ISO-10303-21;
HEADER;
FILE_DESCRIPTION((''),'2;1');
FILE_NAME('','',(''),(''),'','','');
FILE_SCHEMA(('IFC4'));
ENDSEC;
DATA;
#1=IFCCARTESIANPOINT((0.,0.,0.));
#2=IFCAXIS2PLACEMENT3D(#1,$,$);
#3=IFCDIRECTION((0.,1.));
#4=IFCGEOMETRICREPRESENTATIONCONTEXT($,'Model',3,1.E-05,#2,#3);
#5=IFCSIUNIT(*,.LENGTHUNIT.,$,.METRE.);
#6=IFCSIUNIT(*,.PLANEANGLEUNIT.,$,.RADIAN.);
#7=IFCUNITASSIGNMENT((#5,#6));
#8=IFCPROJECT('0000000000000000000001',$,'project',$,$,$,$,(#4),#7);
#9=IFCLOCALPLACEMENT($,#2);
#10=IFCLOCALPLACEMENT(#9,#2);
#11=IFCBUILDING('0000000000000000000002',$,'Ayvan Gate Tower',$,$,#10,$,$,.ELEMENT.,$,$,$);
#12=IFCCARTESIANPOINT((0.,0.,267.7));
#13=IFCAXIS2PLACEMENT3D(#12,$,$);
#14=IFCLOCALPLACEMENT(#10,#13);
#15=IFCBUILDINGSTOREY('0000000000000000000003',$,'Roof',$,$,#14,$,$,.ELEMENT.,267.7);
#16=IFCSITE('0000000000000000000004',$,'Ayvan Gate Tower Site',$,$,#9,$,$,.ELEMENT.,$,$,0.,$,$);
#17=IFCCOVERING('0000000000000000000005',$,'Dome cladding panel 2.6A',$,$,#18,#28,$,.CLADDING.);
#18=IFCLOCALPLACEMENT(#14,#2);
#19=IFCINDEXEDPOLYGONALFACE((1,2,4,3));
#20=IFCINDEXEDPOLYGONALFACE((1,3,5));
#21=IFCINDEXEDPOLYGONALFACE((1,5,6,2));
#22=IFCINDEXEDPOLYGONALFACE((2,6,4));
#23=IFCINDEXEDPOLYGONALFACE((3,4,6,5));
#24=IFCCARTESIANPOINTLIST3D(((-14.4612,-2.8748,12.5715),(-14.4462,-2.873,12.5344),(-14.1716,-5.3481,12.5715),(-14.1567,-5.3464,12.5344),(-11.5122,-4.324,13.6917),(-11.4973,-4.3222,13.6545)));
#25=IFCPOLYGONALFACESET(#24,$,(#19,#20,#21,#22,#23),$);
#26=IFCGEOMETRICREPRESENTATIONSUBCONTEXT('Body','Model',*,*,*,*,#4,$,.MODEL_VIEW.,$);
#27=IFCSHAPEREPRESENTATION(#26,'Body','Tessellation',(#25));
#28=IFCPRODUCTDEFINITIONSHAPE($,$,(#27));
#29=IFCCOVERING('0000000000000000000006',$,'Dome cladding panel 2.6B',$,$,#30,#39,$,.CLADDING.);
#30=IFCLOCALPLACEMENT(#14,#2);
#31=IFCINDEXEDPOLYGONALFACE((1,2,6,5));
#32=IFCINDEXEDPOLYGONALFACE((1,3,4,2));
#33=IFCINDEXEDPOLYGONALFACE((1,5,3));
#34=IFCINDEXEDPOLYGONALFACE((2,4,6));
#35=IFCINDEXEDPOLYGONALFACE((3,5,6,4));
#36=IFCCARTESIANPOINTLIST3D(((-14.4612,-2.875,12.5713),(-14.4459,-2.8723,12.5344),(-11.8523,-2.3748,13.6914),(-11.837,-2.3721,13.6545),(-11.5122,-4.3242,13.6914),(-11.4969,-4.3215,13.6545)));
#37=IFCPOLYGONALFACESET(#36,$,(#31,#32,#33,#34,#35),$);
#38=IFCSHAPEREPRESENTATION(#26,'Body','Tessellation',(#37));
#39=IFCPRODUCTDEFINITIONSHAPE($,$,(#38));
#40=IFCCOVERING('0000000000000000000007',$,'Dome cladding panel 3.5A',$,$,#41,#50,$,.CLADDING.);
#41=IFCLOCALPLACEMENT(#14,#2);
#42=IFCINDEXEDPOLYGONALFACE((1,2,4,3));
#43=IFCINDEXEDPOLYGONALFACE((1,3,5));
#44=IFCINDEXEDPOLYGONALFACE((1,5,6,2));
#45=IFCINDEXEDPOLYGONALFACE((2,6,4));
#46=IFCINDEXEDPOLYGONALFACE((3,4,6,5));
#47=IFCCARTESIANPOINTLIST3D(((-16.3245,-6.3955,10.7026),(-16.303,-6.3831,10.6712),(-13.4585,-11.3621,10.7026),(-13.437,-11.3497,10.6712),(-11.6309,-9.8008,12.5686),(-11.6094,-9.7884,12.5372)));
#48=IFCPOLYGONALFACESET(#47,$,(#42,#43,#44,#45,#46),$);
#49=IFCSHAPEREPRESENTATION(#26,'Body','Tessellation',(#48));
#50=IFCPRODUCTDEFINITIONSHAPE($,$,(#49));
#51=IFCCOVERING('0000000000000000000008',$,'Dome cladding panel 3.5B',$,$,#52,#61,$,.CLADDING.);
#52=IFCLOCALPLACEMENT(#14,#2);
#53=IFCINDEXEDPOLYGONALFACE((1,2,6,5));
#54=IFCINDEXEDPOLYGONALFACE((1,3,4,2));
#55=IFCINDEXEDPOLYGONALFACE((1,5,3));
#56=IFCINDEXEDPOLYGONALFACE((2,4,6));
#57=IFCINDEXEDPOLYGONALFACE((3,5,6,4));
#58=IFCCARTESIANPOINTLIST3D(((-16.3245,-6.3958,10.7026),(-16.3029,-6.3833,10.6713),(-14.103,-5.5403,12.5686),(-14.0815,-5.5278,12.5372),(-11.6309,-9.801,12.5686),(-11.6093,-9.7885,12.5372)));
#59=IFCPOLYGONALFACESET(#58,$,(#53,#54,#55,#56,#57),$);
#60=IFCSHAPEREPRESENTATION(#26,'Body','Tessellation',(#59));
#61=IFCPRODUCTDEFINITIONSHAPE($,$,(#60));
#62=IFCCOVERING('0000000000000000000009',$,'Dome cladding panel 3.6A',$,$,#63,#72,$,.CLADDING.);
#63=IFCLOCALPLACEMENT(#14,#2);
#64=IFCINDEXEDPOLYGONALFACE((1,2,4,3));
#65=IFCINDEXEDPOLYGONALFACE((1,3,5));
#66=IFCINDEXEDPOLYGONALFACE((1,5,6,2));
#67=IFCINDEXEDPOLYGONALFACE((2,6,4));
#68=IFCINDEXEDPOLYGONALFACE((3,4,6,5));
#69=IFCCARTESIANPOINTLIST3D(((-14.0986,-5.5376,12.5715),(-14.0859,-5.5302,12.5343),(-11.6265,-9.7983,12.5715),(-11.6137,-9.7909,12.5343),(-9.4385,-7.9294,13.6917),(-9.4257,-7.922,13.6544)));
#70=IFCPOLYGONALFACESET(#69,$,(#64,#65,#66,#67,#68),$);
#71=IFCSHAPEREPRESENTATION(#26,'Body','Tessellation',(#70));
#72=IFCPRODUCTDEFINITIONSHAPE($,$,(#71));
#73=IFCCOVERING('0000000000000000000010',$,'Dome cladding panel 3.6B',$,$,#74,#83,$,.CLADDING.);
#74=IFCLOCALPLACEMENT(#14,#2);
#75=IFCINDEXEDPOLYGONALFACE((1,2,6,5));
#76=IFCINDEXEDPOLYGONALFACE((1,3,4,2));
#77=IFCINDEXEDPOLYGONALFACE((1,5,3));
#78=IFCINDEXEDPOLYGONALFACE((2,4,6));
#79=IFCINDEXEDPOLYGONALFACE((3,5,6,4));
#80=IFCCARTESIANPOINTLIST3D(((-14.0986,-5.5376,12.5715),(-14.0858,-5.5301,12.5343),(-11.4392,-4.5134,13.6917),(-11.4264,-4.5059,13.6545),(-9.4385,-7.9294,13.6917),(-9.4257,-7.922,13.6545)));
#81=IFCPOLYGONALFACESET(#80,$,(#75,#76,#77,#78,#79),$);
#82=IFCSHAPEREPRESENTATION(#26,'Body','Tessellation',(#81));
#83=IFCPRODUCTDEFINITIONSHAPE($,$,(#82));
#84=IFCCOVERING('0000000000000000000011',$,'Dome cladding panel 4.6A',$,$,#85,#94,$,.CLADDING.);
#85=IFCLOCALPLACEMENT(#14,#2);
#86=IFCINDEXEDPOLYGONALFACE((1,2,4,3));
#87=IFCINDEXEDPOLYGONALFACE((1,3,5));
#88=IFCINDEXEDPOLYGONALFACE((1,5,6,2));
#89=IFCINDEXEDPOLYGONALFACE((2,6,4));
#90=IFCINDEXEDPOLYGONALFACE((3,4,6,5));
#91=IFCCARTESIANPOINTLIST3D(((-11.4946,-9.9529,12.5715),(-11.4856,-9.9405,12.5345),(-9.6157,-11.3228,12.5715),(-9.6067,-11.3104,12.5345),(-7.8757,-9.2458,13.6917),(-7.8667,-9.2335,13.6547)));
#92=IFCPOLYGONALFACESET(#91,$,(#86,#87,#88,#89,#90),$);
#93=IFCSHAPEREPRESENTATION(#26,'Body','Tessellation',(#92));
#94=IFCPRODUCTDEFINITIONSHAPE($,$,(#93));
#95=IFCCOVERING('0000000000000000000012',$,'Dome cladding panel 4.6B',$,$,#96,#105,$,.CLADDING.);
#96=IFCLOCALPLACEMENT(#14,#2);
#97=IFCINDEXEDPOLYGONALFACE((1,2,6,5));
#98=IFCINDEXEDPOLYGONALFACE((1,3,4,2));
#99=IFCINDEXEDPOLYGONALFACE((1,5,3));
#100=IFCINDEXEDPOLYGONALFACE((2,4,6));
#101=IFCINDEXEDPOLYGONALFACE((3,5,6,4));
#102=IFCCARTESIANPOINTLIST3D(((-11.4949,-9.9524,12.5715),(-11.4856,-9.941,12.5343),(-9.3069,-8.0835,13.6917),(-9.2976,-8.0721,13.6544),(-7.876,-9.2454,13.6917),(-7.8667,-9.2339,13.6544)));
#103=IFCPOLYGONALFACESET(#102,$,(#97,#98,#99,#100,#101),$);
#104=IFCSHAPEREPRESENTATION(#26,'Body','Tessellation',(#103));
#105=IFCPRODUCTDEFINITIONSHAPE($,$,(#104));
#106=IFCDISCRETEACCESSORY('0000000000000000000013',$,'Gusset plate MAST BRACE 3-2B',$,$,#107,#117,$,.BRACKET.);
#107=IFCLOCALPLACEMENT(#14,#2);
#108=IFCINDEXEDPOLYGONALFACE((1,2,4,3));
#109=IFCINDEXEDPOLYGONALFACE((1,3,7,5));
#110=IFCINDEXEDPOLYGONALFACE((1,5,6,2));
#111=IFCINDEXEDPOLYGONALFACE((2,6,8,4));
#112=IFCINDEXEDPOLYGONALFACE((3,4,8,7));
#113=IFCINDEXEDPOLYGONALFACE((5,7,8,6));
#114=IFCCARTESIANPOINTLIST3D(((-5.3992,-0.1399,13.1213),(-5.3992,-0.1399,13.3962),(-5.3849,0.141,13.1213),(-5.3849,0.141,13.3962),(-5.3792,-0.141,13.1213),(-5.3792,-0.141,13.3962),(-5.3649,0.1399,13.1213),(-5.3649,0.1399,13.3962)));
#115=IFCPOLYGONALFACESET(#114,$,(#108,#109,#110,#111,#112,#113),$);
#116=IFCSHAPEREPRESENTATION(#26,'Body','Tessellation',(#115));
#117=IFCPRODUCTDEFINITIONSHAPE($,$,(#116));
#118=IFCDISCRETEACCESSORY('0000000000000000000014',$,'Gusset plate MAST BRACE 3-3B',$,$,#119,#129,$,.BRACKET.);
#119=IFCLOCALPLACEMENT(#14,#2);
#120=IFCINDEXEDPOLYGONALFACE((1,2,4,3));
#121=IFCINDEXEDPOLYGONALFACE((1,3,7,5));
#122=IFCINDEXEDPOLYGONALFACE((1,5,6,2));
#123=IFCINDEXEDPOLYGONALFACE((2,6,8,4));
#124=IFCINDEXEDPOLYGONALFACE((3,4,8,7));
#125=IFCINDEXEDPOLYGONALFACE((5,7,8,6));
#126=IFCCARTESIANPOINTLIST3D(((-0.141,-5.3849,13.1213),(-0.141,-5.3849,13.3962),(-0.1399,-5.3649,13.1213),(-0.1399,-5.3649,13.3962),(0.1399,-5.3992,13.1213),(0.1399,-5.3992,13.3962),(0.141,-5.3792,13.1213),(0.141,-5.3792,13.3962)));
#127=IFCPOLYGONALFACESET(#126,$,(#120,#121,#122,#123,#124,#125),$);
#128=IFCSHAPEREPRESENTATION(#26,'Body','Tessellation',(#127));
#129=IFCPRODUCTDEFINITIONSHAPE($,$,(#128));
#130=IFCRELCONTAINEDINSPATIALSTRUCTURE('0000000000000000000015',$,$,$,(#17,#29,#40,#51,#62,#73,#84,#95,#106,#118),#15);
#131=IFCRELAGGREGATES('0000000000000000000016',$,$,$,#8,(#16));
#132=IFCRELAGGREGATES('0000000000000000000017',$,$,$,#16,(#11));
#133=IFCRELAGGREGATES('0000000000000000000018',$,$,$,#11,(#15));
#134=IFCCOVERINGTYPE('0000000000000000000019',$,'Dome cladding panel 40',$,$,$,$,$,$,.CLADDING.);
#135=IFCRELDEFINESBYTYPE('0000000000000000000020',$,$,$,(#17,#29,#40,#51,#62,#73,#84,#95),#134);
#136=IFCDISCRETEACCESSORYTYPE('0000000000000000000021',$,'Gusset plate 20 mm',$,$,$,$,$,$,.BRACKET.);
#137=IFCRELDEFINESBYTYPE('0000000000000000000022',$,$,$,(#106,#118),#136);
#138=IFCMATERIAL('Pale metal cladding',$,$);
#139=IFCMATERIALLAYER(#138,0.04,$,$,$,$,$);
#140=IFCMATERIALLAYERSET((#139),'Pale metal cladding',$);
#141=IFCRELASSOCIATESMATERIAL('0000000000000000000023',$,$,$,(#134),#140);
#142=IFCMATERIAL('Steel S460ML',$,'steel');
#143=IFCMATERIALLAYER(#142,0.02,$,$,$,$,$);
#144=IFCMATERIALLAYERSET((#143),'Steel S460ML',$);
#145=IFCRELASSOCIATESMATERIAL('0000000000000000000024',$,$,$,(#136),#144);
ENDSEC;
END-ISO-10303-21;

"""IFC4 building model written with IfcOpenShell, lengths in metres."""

from ifc_helpers import new_model, si_unit, direction, frame, origin, origin_2d, place, context, subcontext, project, spatial, polyline, rectangle, outline, extrude, material, layer, layer_set, type_object, element, save


model = new_model("IFC4")

# Units and contexts
model_context = context("Model", 3, precision=1e-05, world=origin(), true_north=direction((0.0, 1.0)))
body_context = subcontext(model_context, "Body", "Model", "MODEL_VIEW")
ifc_project = project(units=[si_unit("LENGTHUNIT", "METRE"), si_unit("PLANEANGLEUNIT", "RADIAN")], contexts=[model_context])

# Site, building, storey
site_placement = place(None, origin())
site = spatial("IfcSite", under=ifc_project, at=site_placement, Name="Ayvan Gate Tower Site", CompositionType="ELEMENT", RefElevation=0.0)
building_placement = place(site_placement, origin())
building = spatial("IfcBuilding", under=site, at=building_placement, Name="Ayvan Gate Tower", CompositionType="ELEMENT")
storey_placement = place(building_placement, frame((0.0, 0.0, 267.7)))
storey = spatial("IfcBuildingStorey", under=building, at=storey_placement, Name="Roof", CompositionType="ELEMENT", Elevation=267.7)

# Coverings
ifc_material_1 = material(Name="Pale metal cladding")
ifc_layer_1 = layer(ifc_material_1, 0.04)
ifc_layer_set_1 = layer_set([ifc_layer_1], Name="Pale metal cladding")
covering_type = type_object("IfcCoveringType", Name="Dome cladding panel 40", PredefinedType="CLADDING", material=ifc_layer_set_1)
covering_1_placement = place(storey_placement, frame((-14.4612, -2.8748, 12.5715), z_axis=(-0.373446, -0.043718, 0.926621), x_axis=(0.116272, -0.993217, 0.0)))
element("IfcCovering", 1, at=covering_1_placement, inside=storey, type_object=covering_type, Name="Dome cladding panel 2.6A", PredefinedType="CLADDING", context=body_context, shape_type="SweptSolid", body=[
    extrude(outline(polyline([(0.0, 0.0), (2.4903, 0.0), (1.7823, 2.9791), (0.0, 0.0)])), origin(), (0.0, 0.0, -1.0), 0.04),
])
covering_2_placement = place(storey_placement, frame((-14.4612, -2.875, 12.5713), z_axis=(-0.382801, -0.06678, 0.921414), x_axis=(0.84948, -0.417461, 0.32266)))
element("IfcCovering", 2, at=covering_2_placement, inside=storey, type_object=covering_type, Name="Dome cladding panel 2.6B", PredefinedType="CLADDING", context=body_context, shape_type="SweptSolid", body=[
    extrude(outline(polyline([(0.0, 0.0), (3.4715, 0.0), (2.3688, 1.6432), (0.0, 0.0)])), origin(), (0.0, 0.0, -1.0), 0.04),
])
covering_3_placement = place(storey_placement, frame((-16.3245, -6.3955, 10.7026), z_axis=(-0.53673, -0.309722, 0.784853), x_axis=(0.499807, -0.866137, 0.0)))
element("IfcCovering", 3, at=covering_3_placement, inside=storey, type_object=covering_type, Name="Dome cladding panel 3.5A", PredefinedType="CLADDING", context=body_context, shape_type="SweptSolid", body=[
    extrude(outline(polyline([(0.0, 0.0), (5.7341, 0.0), (5.2953, 3.0112), (0.0, 0.0)])), origin(), (0.0, 0.0, -1.0), 0.04),
])
covering_4_placement = place(storey_placement, frame((-16.3245, -6.3958, 10.7026), z_axis=(-0.537753, -0.312015, 0.783242), x_axis=(0.770504, -0.559011, 0.306318)))
element("IfcCovering", 4, at=covering_4_placement, inside=storey, type_object=covering_type, Name="Dome cladding panel 3.5B", PredefinedType="CLADDING", context=body_context, shape_type="SweptSolid", body=[
    extrude(outline(polyline([(0.0, 0.0), (6.0916, 0.0), (1.805, 2.427), (0.0, 0.0)])), origin(), (0.0, 0.0, -1.0), 0.04),
])
covering_5_placement = place(storey_placement, frame((-14.0986, -5.5376, 12.5715), z_axis=(-0.318279, -0.184672, 0.929836), x_axis=(0.50186, -0.864949, 0.0)))
element("IfcCovering", 5, at=covering_5_placement, inside=storey, type_object=covering_type, Name="Dome cladding panel 3.6A", PredefinedType="CLADDING", context=body_context, shape_type="SweptSolid", body=[
    extrude(outline(polyline([(0.0, 0.0), (4.926, 0.0), (4.4076, 3.044), (0.0, 0.0)])), origin(), (0.0, 0.0, -1.0), 0.04),
])
covering_6_placement = place(storey_placement, frame((-14.0986, -5.5376, 12.5715), z_axis=(-0.31928, -0.187, 0.929027), x_axis=(0.869992, -0.446527, 0.209112)))
element("IfcCovering", 6, at=covering_6_placement, inside=storey, type_object=covering_type, Name="Dome cladding panel 3.6B", PredefinedType="CLADDING", context=body_context, shape_type="SweptSolid", body=[
    extrude(outline(polyline([(0.0, 0.0), (5.3566, 0.0), (2.0906, 2.2373), (0.0, 0.0)])), origin(), (0.0, 0.0, -1.0), 0.04),
])
covering_7_placement = place(storey_placement, frame((-11.4946, -9.9529, 12.5715), z_axis=(-0.225513, -0.309312, 0.923834), x_axis=(0.808041, -0.589126, 0.0)))
element("IfcCovering", 7, at=covering_7_placement, inside=storey, type_object=covering_type, Name="Dome cladding panel 4.6A", PredefinedType="CLADDING", context=body_context, shape_type="SweptSolid", body=[
    extrude(outline(polyline([(0.0, 0.0), (2.3253, 0.0), (2.5077, 2.9262), (0.0, 0.0)])), origin(), (0.0, 0.0, -1.0), 0.04),
])
covering_8_placement = place(storey_placement, frame((-11.4949, -9.9524, 12.5715), z_axis=(-0.231979, -0.285697, 0.929819), x_axis=(0.939072, 0.183468, 0.290661)))
element("IfcCovering", 8, at=covering_8_placement, inside=storey, type_object=covering_type, Name="Dome cladding panel 4.6B", PredefinedType="CLADDING", context=body_context, shape_type="SweptSolid", body=[
    extrude(outline(polyline([(0.0, 0.0), (3.8537, 0.0), (2.7231, 1.4558), (0.0, 0.0)])), origin(), (0.0, 0.0, -1.0), 0.04),
])

# Discrete accessories
ifc_material_2 = material(Name="Steel S460ML", Category="steel")
ifc_layer_2 = layer(ifc_material_2, 0.02)
ifc_layer_set_2 = layer_set([ifc_layer_2], Name="Steel S460ML")
discrete_accessory_type = type_object("IfcDiscreteAccessoryType", Name="Gusset plate 20 mm", PredefinedType="BRACKET", material=ifc_layer_set_2)
for number, where, z_axis, x_axis, name in (
    (9, (-5.3821, 0.0, 13.1213), (0.0, 0.0, 1.0), (0.050914, 0.998703, 0.0), "Gusset plate MAST BRACE 3-2B"),
    (10, (0.0, -5.3821, 13.1213), (0.0, 0.0, 1.0), (-0.998703, 0.050914, 0.0), "Gusset plate MAST BRACE 3-3B"),
):
    element("IfcDiscreteAccessory", number, at=place(storey_placement, frame(where, z_axis=z_axis, x_axis=x_axis)), inside=storey, type_object=discrete_accessory_type, Name=name, PredefinedType="BRACKET", context=body_context, shape_type="SweptSolid", body=[
        extrude(rectangle(XDim=0.2812, YDim=0.02, at=origin_2d()), origin(), (0.0, 0.0, 1.0), 0.2749),
    ])

save(model, "model.ifc")
